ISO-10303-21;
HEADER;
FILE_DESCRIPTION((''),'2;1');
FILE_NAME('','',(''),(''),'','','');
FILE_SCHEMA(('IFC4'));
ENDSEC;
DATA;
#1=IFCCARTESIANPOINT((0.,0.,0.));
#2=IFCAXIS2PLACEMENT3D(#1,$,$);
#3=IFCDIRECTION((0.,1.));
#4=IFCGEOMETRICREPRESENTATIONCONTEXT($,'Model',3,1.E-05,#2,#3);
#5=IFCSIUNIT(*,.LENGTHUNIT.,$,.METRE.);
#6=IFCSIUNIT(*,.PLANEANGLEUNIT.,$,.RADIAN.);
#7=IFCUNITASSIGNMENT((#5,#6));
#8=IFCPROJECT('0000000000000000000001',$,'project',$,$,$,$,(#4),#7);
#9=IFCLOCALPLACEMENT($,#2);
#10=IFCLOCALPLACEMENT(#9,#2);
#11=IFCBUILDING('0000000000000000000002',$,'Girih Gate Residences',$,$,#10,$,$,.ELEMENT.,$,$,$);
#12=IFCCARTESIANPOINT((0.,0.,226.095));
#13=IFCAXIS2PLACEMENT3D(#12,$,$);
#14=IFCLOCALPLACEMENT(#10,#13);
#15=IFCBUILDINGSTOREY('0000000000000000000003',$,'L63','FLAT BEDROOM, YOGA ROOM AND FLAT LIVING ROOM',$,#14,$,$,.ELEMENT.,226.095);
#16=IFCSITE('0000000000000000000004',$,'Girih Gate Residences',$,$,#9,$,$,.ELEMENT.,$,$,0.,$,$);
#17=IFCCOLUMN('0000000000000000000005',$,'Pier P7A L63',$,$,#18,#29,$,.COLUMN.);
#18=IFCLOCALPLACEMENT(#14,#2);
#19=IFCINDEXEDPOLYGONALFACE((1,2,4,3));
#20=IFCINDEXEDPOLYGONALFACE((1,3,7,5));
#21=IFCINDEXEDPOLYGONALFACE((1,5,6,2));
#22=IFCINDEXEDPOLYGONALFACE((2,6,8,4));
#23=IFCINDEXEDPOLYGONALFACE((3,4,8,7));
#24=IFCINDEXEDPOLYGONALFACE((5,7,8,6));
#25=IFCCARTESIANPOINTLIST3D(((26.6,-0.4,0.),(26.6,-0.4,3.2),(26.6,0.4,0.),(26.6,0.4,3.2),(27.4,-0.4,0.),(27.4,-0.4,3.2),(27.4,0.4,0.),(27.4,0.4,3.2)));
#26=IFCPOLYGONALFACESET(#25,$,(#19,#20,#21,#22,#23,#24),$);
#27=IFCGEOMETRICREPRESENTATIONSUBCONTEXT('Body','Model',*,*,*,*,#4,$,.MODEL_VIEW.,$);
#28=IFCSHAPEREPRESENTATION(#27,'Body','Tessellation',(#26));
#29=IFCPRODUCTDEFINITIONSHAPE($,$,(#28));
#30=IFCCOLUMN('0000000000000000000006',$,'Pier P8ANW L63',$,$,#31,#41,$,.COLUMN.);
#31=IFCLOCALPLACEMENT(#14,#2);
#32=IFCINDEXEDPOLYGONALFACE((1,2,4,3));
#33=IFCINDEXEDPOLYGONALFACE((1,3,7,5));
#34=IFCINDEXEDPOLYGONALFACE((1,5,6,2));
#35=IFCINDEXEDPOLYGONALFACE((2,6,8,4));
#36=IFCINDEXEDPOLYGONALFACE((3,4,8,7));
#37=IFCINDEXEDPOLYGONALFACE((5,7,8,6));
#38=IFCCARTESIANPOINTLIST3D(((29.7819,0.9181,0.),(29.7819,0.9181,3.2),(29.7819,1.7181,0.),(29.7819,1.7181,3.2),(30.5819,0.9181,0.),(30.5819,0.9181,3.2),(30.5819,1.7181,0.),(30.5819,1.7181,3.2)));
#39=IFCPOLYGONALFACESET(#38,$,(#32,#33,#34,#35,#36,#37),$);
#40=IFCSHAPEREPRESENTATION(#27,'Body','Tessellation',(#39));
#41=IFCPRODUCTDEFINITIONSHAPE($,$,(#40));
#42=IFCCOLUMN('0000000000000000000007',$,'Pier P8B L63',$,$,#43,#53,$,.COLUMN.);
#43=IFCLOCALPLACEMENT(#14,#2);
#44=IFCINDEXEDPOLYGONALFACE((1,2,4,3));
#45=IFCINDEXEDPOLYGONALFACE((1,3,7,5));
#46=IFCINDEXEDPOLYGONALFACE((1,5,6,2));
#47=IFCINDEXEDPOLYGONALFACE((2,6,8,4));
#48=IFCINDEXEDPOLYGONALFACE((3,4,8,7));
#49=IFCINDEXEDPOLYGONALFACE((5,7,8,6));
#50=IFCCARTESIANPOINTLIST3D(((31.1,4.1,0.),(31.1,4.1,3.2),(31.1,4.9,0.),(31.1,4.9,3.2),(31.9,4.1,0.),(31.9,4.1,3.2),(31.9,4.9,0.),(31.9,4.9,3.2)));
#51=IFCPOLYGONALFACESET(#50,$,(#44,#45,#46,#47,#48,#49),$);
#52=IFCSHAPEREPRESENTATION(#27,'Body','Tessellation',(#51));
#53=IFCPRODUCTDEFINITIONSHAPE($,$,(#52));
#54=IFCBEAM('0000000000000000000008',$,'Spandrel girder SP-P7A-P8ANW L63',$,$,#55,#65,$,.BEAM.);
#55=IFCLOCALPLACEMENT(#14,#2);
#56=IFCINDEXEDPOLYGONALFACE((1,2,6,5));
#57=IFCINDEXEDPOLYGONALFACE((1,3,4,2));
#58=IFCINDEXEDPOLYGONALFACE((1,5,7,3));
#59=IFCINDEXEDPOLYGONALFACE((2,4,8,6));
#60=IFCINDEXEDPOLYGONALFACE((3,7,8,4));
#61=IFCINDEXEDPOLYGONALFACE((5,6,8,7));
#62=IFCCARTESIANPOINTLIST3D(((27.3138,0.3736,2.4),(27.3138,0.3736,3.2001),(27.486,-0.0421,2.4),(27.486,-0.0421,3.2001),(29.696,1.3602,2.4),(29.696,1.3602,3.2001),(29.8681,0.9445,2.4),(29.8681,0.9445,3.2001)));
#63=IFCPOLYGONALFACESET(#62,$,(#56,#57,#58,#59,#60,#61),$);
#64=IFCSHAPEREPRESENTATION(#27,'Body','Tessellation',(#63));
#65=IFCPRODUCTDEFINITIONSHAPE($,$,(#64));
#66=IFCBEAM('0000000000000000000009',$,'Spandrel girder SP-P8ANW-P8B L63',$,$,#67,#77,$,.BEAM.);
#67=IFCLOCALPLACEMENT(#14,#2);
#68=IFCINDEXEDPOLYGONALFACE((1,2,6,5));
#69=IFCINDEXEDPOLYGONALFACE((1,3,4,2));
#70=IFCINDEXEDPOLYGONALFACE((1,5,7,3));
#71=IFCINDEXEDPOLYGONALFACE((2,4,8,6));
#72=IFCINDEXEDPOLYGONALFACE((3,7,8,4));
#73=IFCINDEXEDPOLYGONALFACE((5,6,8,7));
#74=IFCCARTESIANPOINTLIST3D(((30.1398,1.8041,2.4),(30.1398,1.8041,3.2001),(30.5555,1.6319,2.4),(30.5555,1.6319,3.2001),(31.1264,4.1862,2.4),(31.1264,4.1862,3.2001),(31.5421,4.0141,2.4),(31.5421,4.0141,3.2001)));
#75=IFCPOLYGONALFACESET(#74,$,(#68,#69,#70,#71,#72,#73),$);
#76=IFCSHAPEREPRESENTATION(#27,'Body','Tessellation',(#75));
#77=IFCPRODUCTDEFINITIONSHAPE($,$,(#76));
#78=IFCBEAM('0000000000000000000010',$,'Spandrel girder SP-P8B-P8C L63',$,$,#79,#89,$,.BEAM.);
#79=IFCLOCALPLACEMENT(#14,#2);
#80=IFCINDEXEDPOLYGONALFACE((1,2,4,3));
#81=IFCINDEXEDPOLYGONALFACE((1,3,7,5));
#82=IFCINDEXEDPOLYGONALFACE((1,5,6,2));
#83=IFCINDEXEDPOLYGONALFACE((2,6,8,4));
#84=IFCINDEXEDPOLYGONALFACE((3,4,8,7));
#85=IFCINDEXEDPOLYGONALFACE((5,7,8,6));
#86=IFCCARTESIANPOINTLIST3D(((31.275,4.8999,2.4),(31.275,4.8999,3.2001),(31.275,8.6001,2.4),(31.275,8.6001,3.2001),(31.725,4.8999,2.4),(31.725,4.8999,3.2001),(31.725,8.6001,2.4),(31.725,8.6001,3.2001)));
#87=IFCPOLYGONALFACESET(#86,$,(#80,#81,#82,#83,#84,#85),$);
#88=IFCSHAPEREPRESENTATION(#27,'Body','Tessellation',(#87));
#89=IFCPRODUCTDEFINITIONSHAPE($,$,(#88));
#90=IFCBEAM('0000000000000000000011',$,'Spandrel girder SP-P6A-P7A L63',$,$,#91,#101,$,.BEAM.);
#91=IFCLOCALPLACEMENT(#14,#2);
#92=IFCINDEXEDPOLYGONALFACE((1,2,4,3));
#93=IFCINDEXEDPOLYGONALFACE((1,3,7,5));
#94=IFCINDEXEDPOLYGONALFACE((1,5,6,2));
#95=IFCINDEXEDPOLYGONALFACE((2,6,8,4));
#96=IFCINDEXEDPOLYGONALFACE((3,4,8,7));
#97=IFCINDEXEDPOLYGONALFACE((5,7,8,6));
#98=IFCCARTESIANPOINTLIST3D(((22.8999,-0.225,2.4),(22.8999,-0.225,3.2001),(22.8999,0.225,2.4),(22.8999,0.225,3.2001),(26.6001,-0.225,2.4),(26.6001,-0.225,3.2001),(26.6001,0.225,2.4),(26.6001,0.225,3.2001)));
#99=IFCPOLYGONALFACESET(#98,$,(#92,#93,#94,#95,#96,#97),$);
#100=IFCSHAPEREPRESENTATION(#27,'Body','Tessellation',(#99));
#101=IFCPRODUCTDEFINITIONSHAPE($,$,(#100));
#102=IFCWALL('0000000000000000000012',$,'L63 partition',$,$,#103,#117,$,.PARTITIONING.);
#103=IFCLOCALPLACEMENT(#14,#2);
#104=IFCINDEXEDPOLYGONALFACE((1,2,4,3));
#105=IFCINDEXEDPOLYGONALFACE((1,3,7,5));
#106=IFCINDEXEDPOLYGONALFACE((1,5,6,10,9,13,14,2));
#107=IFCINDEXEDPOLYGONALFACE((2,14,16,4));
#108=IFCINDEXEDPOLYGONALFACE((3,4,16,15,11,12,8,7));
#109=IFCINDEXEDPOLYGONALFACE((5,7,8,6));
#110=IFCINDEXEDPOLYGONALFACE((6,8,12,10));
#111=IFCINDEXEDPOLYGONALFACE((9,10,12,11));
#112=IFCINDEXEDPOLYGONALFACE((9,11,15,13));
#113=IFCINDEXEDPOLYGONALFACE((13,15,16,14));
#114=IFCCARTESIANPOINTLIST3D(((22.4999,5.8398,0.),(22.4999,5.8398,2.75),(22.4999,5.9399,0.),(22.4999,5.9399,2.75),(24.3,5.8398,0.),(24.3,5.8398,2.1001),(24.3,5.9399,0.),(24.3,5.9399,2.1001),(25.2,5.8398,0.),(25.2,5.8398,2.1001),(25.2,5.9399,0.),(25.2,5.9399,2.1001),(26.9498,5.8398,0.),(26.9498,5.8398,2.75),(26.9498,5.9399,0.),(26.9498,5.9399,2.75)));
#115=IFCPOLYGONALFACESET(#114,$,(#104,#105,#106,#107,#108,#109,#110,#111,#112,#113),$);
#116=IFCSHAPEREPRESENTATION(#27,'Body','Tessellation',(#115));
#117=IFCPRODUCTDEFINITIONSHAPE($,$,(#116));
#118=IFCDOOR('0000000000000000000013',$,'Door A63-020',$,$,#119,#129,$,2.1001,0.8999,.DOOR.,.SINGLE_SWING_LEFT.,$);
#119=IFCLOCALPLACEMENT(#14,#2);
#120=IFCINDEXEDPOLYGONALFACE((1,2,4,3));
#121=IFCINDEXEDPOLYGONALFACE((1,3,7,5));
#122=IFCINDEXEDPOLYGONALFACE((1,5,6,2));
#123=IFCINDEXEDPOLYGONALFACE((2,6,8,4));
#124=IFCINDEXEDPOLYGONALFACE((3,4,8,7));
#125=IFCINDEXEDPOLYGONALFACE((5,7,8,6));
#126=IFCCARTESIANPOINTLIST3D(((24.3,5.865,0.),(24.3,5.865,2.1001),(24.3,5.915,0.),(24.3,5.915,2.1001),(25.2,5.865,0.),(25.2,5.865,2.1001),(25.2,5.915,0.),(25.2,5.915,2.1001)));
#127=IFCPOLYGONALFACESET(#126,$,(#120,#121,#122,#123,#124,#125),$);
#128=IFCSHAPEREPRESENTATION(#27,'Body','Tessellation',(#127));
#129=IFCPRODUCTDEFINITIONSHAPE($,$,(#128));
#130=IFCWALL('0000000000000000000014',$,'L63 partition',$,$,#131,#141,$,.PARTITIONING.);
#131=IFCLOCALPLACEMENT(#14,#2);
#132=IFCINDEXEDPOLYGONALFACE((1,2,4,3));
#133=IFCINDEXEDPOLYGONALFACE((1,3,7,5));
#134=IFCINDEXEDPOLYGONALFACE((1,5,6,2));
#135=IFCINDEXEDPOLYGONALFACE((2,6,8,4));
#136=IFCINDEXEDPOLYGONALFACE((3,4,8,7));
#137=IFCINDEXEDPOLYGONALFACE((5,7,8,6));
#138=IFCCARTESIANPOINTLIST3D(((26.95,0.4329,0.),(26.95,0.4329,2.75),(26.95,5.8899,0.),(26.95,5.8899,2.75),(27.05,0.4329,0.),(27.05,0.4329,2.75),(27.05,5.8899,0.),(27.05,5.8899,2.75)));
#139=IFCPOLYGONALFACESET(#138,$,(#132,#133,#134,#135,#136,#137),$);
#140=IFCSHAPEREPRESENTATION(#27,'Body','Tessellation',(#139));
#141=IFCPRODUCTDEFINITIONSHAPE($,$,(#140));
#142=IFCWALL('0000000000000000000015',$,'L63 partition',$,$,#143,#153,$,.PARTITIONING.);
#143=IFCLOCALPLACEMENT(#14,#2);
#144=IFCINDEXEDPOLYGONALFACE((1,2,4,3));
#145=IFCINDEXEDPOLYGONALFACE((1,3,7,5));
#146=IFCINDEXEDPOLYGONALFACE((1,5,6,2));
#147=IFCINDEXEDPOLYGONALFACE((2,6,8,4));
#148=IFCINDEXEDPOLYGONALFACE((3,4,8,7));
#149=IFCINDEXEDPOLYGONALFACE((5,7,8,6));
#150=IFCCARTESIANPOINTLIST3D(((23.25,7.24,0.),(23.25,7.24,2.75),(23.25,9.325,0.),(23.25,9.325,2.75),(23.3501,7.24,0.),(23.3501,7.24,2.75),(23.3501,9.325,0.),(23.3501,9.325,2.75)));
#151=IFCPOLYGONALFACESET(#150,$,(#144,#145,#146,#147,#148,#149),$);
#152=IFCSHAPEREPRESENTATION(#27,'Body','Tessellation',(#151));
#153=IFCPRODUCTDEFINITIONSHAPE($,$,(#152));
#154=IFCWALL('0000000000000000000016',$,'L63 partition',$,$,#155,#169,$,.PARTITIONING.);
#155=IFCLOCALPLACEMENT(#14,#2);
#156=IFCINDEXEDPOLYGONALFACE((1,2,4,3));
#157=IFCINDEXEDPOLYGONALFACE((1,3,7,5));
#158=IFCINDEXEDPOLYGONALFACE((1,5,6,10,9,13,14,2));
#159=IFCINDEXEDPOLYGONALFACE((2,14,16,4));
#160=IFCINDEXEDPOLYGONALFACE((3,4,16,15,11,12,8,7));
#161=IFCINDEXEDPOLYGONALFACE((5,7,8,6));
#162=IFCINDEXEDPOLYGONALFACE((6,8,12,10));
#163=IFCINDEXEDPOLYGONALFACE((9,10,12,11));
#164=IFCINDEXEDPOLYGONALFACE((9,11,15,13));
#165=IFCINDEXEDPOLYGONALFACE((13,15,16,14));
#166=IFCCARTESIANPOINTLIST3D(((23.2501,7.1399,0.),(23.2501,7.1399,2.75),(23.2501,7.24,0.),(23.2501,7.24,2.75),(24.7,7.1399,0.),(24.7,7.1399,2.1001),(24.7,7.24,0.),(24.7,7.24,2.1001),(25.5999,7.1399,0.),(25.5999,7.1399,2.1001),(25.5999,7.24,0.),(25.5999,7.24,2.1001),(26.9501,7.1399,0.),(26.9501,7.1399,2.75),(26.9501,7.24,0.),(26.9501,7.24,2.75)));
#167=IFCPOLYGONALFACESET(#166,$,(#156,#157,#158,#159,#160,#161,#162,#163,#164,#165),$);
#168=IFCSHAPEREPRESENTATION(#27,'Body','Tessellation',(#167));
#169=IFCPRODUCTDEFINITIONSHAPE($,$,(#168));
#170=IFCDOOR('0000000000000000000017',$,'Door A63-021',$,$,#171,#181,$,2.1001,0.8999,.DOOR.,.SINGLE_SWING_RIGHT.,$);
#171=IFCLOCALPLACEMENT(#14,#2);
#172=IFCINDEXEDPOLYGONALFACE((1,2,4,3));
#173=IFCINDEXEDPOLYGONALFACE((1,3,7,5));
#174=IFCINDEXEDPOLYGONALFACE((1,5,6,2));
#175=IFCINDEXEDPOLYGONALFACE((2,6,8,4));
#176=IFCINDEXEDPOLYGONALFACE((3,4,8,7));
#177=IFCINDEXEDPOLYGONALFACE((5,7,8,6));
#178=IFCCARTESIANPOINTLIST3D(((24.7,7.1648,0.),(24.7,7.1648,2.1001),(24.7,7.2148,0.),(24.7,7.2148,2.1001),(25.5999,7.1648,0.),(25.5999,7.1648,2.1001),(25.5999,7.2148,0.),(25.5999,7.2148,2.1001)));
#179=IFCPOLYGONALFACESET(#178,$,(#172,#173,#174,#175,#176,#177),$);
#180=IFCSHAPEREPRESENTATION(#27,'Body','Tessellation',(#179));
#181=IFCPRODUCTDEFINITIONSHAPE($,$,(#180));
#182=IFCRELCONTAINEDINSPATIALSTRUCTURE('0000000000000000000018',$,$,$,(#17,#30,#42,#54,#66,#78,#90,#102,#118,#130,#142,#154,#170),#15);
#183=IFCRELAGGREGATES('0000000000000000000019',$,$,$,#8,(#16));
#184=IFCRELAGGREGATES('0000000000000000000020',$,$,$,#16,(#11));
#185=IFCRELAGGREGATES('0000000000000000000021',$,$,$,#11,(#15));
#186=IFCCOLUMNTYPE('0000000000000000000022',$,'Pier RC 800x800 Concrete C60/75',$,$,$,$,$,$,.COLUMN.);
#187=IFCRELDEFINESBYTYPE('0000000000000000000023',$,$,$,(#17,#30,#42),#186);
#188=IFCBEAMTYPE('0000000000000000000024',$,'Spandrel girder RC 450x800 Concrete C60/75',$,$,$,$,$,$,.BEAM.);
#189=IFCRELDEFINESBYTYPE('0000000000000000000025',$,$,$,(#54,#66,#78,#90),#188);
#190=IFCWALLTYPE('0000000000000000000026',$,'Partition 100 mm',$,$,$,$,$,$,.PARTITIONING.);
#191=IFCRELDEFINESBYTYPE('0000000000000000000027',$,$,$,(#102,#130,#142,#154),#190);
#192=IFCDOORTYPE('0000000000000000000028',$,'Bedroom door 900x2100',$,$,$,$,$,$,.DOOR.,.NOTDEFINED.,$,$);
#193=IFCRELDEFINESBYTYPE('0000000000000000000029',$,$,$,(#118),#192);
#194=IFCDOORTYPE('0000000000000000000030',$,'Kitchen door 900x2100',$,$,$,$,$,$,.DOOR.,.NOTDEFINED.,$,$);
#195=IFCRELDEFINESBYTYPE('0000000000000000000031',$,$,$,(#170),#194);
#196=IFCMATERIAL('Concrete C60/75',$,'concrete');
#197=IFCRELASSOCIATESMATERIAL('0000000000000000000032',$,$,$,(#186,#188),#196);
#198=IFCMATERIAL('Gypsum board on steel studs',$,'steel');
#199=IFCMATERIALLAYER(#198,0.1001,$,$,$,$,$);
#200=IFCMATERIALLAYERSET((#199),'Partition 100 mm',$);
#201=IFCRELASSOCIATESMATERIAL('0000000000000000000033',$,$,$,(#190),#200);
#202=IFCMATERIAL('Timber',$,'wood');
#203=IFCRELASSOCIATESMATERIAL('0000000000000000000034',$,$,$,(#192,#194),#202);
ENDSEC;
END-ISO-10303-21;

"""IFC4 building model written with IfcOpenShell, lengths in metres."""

from ifc_helpers import new_model, si_unit, direction, frame, frame_2d, origin, origin_2d, place, context, subcontext, project, spatial, rectangle, extrude, material, layer, layer_set, material_profile, profile_set, type_object, element, fill, save


model = new_model("IFC4")

# Units and contexts
model_context = context("Model", 3, precision=1e-05, world=origin(), true_north=direction((0.0, 1.0)))
body_context = subcontext(model_context, "Body", "Model", "MODEL_VIEW")
ifc_project = project(units=[si_unit("LENGTHUNIT", "METRE"), si_unit("PLANEANGLEUNIT", "RADIAN")], contexts=[model_context])

# Site, building, storey
site_placement = place(None, origin())
site = spatial("IfcSite", under=ifc_project, at=site_placement, Name="Girih Gate Residences", CompositionType="ELEMENT", RefElevation=0.0)
building_placement = place(site_placement, origin())
building = spatial("IfcBuilding", under=site, at=building_placement, Name="Girih Gate Residences", CompositionType="ELEMENT")
storey_placement = place(building_placement, frame((0.0, 0.0, 226.095)))
storey = spatial("IfcBuildingStorey", under=building, at=storey_placement, Name="L63", Description="FLAT BEDROOM, YOGA ROOM AND FLAT LIVING ROOM", CompositionType="ELEMENT", Elevation=226.095)

# Columns
ifc_material_1 = material(Name="Concrete C60/75", Category="concrete")
ifc_material_profile_1 = material_profile(ifc_material_1, rectangle(XDim=0.8, YDim=0.8, at=origin_2d()))
ifc_profile_set_1 = profile_set([ifc_material_profile_1], Name="Concrete C60/75")
column_type = type_object("IfcColumnType", Name="Pier RC 800x800 Concrete C60/75", PredefinedType="COLUMN", material=ifc_profile_set_1)
for number, where, z_axis, x_axis, name in (
    (1, (27.0, 0.0, 0.0), (0.0, 0.0, 1.0), (1.0, 0.0, 0.0), "Pier P7A L63"),
    (2, (30.1819, 1.3181, 0.0), (0.0, 0.0, 1.0), (1.0, 0.0, 0.0), "Pier P8ANW L63"),
    (3, (31.5, 4.5, 0.0), (0.0, 0.0, 1.0), (1.0, 0.0, 0.0), "Pier P8B L63"),
):
    element("IfcColumn", number, at=place(storey_placement, frame(where, z_axis=z_axis, x_axis=x_axis)), inside=storey, type_object=column_type, Name=name, PredefinedType="COLUMN", context=body_context, shape_type="SweptSolid", body=[
        extrude(rectangle(XDim=0.8, YDim=0.8, at=origin_2d()), origin(), (0.0, 0.0, 1.0), 3.2),
    ])

# Beams
ifc_material_profile_2 = material_profile(ifc_material_1, rectangle(XDim=0.45, YDim=0.8, at=origin_2d()))
ifc_profile_set_2 = profile_set([ifc_material_profile_2], Name="Concrete C60/75")
beam_type = type_object("IfcBeamType", Name="Spandrel girder RC 450x800 Concrete C60/75", PredefinedType="BEAM", material=ifc_profile_set_2)
for number, where, z_axis, x_axis, name in (
    (4, (27.3999, 0.1658, 2.8), (0.923896, 0.382644, 0.0), (-0.382644, 0.923896, 0.0), "Spandrel girder SP-P7A-P8ANW L63"),
    (5, (30.3477, 1.718, 2.8), (0.382644, 0.923896, 0.0), (-0.923896, 0.382644, 0.0), "Spandrel girder SP-P8ANW-P8B L63"),
):
    element("IfcBeam", number, at=place(storey_placement, frame(where, z_axis=z_axis, x_axis=x_axis)), inside=storey, type_object=beam_type, Name=name, PredefinedType="BEAM", context=body_context, shape_type="SweptSolid", body=[
        extrude(rectangle(XDim=0.45, YDim=0.8, at=origin_2d()), origin(), (0.0, 0.0, 1.0), 2.5784),
    ])
for number, where, z_axis, x_axis, name in (
    (6, (31.5, 4.8999, 2.8), (0.0, 1.0, 0.0), (-1.0, 0.0, 0.0), "Spandrel girder SP-P8B-P8C L63"),
    (7, (22.8999, 0.0, 2.8), (1.0, 0.0, 0.0), (0.0, 1.0, 0.0), "Spandrel girder SP-P6A-P7A L63"),
):
    element("IfcBeam", number, at=place(storey_placement, frame(where, z_axis=z_axis, x_axis=x_axis)), inside=storey, type_object=beam_type, Name=name, PredefinedType="BEAM", context=body_context, shape_type="SweptSolid", body=[
        extrude(rectangle(XDim=0.45, YDim=0.8, at=origin_2d()), origin(), (0.0, 0.0, 1.0), 3.7002),
    ])

# Wall, opening, door
ifc_material_2 = material(Name="Gypsum board on steel studs", Category="steel")
ifc_layer_1 = layer(ifc_material_2, 0.1001)
ifc_layer_set_1 = layer_set([ifc_layer_1], Name="Partition 100 mm")
wall_type_1 = type_object("IfcWallType", Name="Partition 100 mm", PredefinedType="PARTITIONING", material=ifc_layer_set_1)
wall_1_placement = place(storey_placement, frame((26.95, 5.8899, 0.0), z_axis=(0.0, 0.0, 1.0), x_axis=(-1.0, 0.0, 0.0)))
wall_1 = element("IfcWall", 8, at=wall_1_placement, inside=storey, type_object=wall_type_1, Name="L63 partition", PredefinedType="PARTITIONING", context=body_context, shape_type="SweptSolid", body=[
    extrude(rectangle(XDim=4.45, YDim=0.1001, at=frame_2d((2.2251, 0.0))), origin(), (0.0, 0.0, 1.0), 2.75),
])
opening_1_placement = place(wall_1_placement, frame((1.75, 0.0, 0.0)))
opening_1 = element("IfcOpeningElement", 9, at=opening_1_placement, cuts=wall_1, PredefinedType="OPENING", context=body_context, shape_type="SweptSolid", body=[
    extrude(rectangle(XDim=0.8999, YDim=2.1001, at=frame_2d((0.45, 1.05))), frame((0.0, 0.0601, 0.0), z_axis=(0.0, -1.0, 0.0), x_axis=(1.0, 0.0, 0.0)), (0.0, 0.0, 1.0), 0.1201),
])
ifc_material_3 = material(Name="Timber", Category="wood")
door_type_1 = type_object("IfcDoorType", Name="Bedroom door 900x2100", OperationType="NOTDEFINED", PredefinedType="DOOR", material=ifc_material_3)
door_1_placement = place(opening_1_placement, origin())
door_1 = element("IfcDoor", 10, at=door_1_placement, inside=storey, type_object=door_type_1, Name="Door A63-020", OperationType="SINGLE_SWING_LEFT", OverallHeight=2.1001, OverallWidth=0.8999, PredefinedType="DOOR", context=body_context, shape_type="SweptSolid", body=[
    extrude(rectangle(XDim=0.8999, YDim=2.1001, at=frame_2d((0.45, 1.05))), frame((0.0, 0.0249, 0.0), z_axis=(0.0, -1.0, 0.0), x_axis=(1.0, 0.0, 0.0)), (0.0, 0.0, 1.0), 0.05),
])
fill(opening_1, door_1)

# Walls
wall_2_placement = place(storey_placement, frame((27.0, 0.4329, 0.0), z_axis=(0.0, 0.0, 1.0), x_axis=(0.0, 1.0, 0.0)))
element("IfcWall", 11, at=wall_2_placement, inside=storey, type_object=wall_type_1, Name="L63 partition", PredefinedType="PARTITIONING", context=body_context, shape_type="SweptSolid", body=[
    extrude(rectangle(XDim=5.457, YDim=0.1001, at=frame_2d((2.7285, 0.0))), origin(), (0.0, 0.0, 1.0), 2.75),
])
wall_3_placement = place(storey_placement, frame((23.3, 7.24, 0.0), z_axis=(0.0, 0.0, 1.0), x_axis=(0.0, 1.0, 0.0)))
element("IfcWall", 12, at=wall_3_placement, inside=storey, type_object=wall_type_1, Name="L63 partition", PredefinedType="PARTITIONING", context=body_context, shape_type="SweptSolid", body=[
    extrude(rectangle(XDim=2.085, YDim=0.1001, at=frame_2d((1.0425, 0.0))), origin(), (0.0, 0.0, 1.0), 2.75),
])

# Wall, opening, door
wall_4_placement = place(storey_placement, frame((23.25, 7.1899, 0.0), z_axis=(0.0, 0.0, 1.0), x_axis=(1.0, 0.0, 0.0)))
wall_4 = element("IfcWall", 13, at=wall_4_placement, inside=storey, type_object=wall_type_1, Name="L63 partition", PredefinedType="PARTITIONING", context=body_context, shape_type="SweptSolid", body=[
    extrude(rectangle(XDim=3.7, YDim=0.1001, at=frame_2d((1.8501, 0.0))), origin(), (0.0, 0.0, 1.0), 2.75),
])
opening_2_placement = place(wall_4_placement, frame((1.45, 0.0, 0.0)))
opening_2 = element("IfcOpeningElement", 14, at=opening_2_placement, cuts=wall_4, PredefinedType="OPENING", context=body_context, shape_type="SweptSolid", body=[
    extrude(rectangle(XDim=0.8999, YDim=2.1001, at=frame_2d((0.45, 1.05))), frame((0.0, 0.0601, 0.0), z_axis=(0.0, -1.0, 0.0), x_axis=(1.0, 0.0, 0.0)), (0.0, 0.0, 1.0), 0.1201),
])
door_type_2 = type_object("IfcDoorType", Name="Kitchen door 900x2100", OperationType="NOTDEFINED", PredefinedType="DOOR", material=ifc_material_3)
door_2_placement = place(opening_2_placement, origin())
door_2 = element("IfcDoor", 15, at=door_2_placement, inside=storey, type_object=door_type_2, Name="Door A63-021", OperationType="SINGLE_SWING_RIGHT", OverallHeight=2.1001, OverallWidth=0.8999, PredefinedType="DOOR", context=body_context, shape_type="SweptSolid", body=[
    extrude(rectangle(XDim=0.8999, YDim=2.1001, at=frame_2d((0.45, 1.05))), frame((0.0, 0.0249, 0.0), z_axis=(0.0, -1.0, 0.0), x_axis=(1.0, 0.0, 0.0)), (0.0, 0.0, 1.0), 0.05),
])
fill(opening_2, door_2)

save(model, "model.ifc")
